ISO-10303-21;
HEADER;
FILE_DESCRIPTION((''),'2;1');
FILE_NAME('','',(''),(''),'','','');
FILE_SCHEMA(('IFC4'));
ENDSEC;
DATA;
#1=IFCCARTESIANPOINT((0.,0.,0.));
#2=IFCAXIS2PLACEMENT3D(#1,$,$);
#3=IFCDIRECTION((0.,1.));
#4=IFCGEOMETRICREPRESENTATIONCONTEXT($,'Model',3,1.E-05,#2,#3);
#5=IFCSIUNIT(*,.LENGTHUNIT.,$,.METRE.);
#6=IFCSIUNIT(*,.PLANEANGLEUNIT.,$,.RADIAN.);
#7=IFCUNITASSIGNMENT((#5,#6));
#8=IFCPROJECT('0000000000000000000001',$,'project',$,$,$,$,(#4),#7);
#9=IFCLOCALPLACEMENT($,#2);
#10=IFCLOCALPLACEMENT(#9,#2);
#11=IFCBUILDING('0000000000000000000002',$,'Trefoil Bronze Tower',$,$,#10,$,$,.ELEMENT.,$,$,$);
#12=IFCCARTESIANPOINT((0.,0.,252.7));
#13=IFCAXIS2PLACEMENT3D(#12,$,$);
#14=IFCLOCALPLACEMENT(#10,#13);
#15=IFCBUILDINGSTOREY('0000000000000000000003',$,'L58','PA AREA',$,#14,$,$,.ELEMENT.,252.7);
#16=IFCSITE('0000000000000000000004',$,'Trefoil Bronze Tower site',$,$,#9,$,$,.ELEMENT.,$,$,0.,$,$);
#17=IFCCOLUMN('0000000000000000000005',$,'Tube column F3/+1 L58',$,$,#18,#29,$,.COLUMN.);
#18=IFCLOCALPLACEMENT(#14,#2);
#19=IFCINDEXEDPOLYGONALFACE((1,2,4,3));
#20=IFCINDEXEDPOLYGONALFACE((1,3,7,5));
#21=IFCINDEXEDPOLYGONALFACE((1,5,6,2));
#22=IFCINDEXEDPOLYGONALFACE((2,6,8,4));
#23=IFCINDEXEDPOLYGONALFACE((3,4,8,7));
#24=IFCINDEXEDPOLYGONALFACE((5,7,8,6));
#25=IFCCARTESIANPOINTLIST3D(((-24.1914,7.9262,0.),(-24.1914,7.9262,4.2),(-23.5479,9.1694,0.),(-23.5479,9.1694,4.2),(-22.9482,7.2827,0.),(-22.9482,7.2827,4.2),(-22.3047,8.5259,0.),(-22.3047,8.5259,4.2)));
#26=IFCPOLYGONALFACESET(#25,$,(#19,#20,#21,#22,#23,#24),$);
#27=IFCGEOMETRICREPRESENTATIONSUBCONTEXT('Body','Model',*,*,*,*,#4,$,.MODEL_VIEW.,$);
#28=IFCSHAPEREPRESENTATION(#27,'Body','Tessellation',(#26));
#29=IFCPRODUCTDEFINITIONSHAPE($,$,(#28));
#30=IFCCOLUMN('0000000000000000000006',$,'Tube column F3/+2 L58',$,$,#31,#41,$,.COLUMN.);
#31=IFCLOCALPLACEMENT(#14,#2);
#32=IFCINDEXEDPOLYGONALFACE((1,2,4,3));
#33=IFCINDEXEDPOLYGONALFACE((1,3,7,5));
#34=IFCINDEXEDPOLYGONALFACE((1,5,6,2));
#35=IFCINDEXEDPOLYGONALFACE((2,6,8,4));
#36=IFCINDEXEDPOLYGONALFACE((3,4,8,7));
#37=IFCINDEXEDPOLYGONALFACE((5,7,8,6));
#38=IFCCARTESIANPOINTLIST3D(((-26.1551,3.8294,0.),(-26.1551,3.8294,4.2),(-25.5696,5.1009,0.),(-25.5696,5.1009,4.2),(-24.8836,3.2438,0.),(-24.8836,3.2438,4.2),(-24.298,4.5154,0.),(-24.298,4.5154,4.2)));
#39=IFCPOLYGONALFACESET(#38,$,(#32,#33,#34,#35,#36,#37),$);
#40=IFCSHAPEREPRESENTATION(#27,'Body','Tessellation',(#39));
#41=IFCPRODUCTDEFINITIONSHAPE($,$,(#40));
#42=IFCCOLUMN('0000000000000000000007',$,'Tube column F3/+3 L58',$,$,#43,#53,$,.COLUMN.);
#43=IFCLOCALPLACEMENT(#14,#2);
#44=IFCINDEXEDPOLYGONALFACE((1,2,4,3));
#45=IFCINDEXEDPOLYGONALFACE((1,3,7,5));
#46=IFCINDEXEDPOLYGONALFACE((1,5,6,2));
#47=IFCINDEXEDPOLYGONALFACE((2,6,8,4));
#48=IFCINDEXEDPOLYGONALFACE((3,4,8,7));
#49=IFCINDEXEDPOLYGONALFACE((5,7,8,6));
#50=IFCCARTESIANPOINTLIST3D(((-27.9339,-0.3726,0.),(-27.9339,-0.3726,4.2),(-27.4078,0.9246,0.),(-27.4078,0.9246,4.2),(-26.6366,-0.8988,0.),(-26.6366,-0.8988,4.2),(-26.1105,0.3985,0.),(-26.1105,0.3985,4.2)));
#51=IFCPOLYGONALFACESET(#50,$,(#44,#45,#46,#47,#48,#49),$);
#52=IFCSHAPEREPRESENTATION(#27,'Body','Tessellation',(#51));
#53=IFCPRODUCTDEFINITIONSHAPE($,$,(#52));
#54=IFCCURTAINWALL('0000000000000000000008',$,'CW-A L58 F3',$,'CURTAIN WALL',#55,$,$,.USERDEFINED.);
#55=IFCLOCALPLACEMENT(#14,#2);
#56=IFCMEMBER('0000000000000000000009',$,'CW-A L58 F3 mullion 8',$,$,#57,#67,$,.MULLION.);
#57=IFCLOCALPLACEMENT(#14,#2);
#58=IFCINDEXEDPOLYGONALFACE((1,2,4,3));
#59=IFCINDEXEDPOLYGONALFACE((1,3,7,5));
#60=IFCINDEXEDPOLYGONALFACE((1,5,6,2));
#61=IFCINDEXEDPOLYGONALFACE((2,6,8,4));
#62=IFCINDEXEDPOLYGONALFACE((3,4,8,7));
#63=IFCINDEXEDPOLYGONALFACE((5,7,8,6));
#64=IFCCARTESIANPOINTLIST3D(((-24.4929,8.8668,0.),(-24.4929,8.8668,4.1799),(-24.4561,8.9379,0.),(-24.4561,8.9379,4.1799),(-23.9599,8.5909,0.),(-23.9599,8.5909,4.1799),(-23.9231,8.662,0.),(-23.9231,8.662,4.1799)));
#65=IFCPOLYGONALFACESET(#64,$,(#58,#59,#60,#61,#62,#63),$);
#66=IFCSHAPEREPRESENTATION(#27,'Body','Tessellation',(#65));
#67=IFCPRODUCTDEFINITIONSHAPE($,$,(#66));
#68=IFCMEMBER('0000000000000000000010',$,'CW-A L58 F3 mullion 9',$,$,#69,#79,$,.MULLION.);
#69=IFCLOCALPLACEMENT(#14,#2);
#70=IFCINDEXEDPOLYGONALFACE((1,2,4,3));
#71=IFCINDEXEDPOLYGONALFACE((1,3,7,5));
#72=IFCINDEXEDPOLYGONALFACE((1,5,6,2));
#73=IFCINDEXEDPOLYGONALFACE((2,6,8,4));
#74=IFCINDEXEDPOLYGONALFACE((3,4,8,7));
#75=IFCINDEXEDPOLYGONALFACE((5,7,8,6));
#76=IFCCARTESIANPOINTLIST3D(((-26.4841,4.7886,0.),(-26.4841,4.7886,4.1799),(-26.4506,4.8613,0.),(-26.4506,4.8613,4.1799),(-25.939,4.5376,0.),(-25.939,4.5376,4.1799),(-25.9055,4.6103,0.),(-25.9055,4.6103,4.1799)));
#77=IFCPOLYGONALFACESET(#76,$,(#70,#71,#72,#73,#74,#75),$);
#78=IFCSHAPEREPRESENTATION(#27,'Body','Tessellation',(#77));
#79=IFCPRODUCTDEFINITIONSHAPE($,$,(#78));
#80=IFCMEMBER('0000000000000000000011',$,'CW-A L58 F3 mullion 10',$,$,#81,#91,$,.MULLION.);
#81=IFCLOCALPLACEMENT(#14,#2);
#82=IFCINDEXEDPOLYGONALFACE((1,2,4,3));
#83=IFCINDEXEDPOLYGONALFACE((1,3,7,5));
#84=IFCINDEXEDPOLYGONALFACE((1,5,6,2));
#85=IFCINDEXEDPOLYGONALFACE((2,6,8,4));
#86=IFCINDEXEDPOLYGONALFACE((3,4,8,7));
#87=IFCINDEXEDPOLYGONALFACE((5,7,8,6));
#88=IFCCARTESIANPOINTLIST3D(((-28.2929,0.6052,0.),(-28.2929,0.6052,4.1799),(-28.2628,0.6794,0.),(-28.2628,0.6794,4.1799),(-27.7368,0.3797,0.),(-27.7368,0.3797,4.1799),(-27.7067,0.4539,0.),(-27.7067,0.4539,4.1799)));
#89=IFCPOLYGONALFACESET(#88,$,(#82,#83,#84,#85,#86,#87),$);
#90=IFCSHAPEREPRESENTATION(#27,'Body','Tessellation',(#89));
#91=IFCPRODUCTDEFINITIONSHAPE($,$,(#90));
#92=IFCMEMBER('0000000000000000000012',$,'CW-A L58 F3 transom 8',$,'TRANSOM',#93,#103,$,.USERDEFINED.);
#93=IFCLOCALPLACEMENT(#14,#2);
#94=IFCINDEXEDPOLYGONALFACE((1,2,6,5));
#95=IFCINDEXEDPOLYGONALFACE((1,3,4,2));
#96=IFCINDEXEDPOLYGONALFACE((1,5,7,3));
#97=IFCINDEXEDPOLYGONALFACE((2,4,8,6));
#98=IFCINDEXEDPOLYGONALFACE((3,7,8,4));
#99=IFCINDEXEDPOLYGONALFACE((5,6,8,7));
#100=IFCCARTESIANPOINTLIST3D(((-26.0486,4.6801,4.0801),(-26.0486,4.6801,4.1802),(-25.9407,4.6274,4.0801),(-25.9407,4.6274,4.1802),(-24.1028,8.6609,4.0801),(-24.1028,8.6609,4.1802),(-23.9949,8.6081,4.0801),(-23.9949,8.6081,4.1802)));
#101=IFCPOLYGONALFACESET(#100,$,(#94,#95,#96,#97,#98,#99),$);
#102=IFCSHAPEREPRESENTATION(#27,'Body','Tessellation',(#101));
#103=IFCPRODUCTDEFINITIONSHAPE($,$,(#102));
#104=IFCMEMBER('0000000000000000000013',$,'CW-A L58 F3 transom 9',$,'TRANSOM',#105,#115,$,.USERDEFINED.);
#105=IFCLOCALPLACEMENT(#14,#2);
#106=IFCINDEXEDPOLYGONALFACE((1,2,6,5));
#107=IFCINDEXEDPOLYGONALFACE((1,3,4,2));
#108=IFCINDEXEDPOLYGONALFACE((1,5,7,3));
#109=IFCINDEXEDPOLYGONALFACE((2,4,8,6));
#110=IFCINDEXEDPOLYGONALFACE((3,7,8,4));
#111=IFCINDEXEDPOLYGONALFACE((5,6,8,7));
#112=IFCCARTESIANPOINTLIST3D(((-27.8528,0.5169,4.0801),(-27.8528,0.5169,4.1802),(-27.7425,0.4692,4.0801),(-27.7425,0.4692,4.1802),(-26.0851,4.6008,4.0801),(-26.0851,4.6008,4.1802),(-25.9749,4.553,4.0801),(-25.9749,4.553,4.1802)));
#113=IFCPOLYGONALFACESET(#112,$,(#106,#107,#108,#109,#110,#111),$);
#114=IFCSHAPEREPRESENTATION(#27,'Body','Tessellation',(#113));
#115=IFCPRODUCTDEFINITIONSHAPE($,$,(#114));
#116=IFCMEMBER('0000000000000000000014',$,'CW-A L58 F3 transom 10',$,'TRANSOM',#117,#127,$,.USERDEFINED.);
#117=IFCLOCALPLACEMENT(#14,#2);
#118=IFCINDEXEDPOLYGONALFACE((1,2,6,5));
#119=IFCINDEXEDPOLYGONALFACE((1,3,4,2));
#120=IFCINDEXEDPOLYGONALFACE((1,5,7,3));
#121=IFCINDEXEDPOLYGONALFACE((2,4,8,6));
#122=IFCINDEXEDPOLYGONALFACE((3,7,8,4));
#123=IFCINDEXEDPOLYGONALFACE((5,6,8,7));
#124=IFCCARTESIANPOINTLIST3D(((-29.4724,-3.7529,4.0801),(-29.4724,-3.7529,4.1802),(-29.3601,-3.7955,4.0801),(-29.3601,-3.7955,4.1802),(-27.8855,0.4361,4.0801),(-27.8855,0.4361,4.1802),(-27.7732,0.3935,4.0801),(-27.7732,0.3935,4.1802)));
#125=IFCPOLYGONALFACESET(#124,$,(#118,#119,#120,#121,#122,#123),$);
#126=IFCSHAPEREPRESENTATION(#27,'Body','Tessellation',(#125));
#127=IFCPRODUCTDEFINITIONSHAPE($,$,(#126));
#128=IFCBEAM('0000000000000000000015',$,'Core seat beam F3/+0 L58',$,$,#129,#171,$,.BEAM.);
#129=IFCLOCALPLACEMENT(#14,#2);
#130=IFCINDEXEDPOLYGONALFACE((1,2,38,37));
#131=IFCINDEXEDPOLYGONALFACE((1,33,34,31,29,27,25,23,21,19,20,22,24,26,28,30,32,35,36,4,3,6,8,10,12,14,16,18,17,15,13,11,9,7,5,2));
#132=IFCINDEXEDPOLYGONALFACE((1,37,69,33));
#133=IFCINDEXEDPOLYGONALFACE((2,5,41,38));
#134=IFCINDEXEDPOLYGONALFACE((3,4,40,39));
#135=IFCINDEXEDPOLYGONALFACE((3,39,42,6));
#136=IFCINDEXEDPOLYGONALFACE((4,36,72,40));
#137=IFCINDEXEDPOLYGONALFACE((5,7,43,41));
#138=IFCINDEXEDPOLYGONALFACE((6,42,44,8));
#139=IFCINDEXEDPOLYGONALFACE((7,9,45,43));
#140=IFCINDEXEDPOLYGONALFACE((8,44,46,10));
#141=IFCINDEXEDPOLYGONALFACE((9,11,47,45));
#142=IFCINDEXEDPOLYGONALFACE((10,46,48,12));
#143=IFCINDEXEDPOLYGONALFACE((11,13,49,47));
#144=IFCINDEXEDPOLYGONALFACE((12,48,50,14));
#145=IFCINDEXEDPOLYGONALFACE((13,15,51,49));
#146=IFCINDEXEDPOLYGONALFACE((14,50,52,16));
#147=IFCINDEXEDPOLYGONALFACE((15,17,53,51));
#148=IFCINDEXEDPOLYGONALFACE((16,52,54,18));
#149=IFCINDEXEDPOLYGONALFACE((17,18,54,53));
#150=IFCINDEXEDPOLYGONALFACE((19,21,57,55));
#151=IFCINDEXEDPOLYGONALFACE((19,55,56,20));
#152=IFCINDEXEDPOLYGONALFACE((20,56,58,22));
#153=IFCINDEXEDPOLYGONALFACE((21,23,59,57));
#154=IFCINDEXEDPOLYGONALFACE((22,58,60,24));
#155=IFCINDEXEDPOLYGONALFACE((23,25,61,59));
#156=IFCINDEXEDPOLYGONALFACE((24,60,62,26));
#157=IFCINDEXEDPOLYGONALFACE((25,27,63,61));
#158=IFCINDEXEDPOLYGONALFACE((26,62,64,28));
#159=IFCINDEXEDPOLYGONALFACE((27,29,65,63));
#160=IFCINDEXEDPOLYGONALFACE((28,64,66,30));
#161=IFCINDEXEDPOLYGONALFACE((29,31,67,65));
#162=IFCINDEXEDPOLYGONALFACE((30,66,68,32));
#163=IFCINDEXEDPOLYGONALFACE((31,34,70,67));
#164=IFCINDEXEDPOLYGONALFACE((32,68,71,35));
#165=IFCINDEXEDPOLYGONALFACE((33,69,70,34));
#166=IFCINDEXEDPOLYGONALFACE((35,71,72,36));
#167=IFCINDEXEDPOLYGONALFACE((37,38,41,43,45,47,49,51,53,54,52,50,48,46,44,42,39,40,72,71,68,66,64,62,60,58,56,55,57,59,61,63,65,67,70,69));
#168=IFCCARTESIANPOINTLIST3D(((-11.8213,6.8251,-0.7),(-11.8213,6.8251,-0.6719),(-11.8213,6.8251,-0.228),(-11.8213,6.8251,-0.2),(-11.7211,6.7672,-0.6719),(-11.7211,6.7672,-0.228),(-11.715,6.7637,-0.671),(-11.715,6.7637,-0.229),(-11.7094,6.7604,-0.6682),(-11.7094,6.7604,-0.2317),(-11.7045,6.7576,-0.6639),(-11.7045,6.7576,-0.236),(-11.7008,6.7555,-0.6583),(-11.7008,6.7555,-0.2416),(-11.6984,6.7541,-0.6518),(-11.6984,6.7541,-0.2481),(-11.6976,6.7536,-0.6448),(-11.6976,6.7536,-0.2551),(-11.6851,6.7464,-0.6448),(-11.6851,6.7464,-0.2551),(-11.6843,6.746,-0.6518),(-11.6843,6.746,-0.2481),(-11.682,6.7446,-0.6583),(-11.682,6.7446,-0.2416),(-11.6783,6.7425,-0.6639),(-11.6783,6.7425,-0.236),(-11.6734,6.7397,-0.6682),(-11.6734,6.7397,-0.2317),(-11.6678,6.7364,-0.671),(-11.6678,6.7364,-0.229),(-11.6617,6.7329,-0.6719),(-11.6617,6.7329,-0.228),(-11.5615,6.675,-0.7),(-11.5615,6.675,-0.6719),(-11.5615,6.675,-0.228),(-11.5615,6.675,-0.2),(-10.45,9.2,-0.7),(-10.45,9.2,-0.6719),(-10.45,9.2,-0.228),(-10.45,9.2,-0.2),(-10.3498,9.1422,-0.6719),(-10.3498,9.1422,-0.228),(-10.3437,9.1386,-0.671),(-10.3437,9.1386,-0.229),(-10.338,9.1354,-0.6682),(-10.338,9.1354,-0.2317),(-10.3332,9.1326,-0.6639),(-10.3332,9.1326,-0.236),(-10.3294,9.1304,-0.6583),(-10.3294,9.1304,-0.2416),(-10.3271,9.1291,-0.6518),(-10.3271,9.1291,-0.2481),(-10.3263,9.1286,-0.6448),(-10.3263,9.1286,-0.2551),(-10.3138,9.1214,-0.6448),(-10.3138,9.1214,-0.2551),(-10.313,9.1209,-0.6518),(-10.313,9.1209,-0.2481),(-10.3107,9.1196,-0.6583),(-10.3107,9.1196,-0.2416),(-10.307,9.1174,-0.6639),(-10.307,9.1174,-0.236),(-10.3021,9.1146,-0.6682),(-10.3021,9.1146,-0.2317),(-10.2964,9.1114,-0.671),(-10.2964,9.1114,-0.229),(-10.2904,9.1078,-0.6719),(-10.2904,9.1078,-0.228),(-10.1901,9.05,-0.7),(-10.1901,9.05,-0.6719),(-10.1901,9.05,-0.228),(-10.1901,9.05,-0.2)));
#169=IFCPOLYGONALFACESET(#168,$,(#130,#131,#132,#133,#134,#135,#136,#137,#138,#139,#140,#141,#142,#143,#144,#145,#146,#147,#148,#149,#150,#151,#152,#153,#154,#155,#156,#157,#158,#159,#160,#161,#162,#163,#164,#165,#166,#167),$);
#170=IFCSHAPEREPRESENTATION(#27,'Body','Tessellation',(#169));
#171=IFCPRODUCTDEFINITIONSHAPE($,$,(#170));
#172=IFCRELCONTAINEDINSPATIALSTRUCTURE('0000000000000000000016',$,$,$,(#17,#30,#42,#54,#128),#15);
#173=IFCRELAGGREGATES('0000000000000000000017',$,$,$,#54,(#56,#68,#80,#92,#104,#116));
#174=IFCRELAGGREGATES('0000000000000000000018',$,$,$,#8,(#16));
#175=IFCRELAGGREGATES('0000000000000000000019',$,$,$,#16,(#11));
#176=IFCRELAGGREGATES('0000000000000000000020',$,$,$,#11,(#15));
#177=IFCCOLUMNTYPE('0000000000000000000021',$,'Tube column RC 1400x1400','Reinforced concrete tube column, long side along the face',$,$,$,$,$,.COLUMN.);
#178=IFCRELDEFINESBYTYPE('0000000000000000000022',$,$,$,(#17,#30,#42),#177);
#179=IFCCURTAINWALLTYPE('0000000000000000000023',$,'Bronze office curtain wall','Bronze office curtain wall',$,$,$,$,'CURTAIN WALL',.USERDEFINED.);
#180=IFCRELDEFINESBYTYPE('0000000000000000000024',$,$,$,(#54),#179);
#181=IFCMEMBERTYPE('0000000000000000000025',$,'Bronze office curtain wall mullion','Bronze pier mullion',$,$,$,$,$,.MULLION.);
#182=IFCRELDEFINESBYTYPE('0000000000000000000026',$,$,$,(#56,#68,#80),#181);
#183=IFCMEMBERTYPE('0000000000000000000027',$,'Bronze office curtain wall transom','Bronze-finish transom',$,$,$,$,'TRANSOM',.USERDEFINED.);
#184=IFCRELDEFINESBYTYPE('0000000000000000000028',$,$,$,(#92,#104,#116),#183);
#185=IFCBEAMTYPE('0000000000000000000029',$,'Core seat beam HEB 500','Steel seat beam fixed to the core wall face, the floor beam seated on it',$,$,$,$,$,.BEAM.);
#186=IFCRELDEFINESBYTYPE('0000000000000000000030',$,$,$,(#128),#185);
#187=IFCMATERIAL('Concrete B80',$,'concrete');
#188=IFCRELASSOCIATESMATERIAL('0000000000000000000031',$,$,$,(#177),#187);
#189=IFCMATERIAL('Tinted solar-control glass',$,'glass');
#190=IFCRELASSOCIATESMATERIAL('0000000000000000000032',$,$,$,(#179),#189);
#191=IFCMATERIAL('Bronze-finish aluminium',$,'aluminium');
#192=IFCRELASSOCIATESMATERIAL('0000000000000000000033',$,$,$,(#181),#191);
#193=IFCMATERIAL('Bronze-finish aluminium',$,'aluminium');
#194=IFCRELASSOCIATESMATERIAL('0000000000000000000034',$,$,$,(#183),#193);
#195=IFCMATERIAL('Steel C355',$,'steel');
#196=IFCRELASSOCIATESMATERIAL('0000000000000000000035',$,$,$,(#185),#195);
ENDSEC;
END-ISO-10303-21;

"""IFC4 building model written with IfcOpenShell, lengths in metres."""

from ifc_helpers import new_model, si_unit, direction, frame, origin, origin_2d, place, context, subcontext, project, spatial, rectangle, i_section, extrude, material, material_profile, profile_set, type_object, element, aggregate, save


model = new_model("IFC4")

# Units and contexts
model_context = context("Model", 3, precision=1e-05, world=origin(), true_north=direction((0.0, 1.0)))
body_context = subcontext(model_context, "Body", "Model", "MODEL_VIEW")
ifc_project = project(units=[si_unit("LENGTHUNIT", "METRE"), si_unit("PLANEANGLEUNIT", "RADIAN")], contexts=[model_context])

# Site, building, storey
site_placement = place(None, origin())
site = spatial("IfcSite", under=ifc_project, at=site_placement, Name="Trefoil Bronze Tower site", CompositionType="ELEMENT", RefElevation=0.0)
building_placement = place(site_placement, origin())
building = spatial("IfcBuilding", under=site, at=building_placement, Name="Trefoil Bronze Tower", CompositionType="ELEMENT")
storey_placement = place(building_placement, frame((0.0, 0.0, 252.7)))
storey = spatial("IfcBuildingStorey", under=building, at=storey_placement, Name="L58", Description="PA AREA", CompositionType="ELEMENT", Elevation=252.7)

# Columns
ifc_material_1 = material(Name="Concrete B80", Category="concrete")
ifc_material_profile_1 = material_profile(ifc_material_1, rectangle(XDim=1.3999, YDim=1.3999, at=origin_2d()), Name="RC 1400x1400")
ifc_profile_set_1 = profile_set([ifc_material_profile_1], Name="Concrete B80")
column_type = type_object("IfcColumnType", Name="Tube column RC 1400x1400", Description="Reinforced concrete tube column, long side along the face", PredefinedType="COLUMN", material=ifc_profile_set_1)
for number, where, z_axis, x_axis, name in (
    (1, (-23.248, 8.2261, 0.0), (0.0, 0.0, 1.0), (-0.459673, -0.888088, 0.0), "Tube column F3/+1 L58"),
    (2, (-25.2266, 4.1724, 0.0), (0.0, 0.0, 1.0), (-0.418286, -0.908315, 0.0), "Tube column F3/+2 L58"),
    (3, (-27.0222, 0.0129, 0.0), (0.0, 0.0, 1.0), (-0.375828, -0.926689, 0.0), "Tube column F3/+3 L58"),
):
    element("IfcColumn", number, at=place(storey_placement, frame(where, z_axis=z_axis, x_axis=x_axis)), inside=storey, type_object=column_type, Name=name, PredefinedType="COLUMN", context=body_context, shape_type="SweptSolid", body=[
        extrude(rectangle(XDim=1.3999, YDim=1.3999, at=origin_2d()), origin(), (0.0, 0.0, 1.0), 4.2),
    ])

# Curtain wall, members
ifc_material_2 = material(Name="Tinted solar-control glass", Category="glass")
curtain_wall_type = type_object("IfcCurtainWallType", Name="Bronze office curtain wall", Description="Bronze office curtain wall", ElementType="CURTAIN WALL", PredefinedType="USERDEFINED", material=ifc_material_2)
curtain_wall_placement = place(storey_placement, origin())
curtain_wall = element("IfcCurtainWall", 4, at=curtain_wall_placement, inside=storey, type_object=curtain_wall_type, Name="CW-A L58 F3", ObjectType="CURTAIN WALL", PredefinedType="USERDEFINED")
ifc_material_3 = material(Name="Bronze-finish aluminium", Category="aluminium")
ifc_material_profile_2 = material_profile(ifc_material_3, rectangle(XDim=0.6001, YDim=0.0801, at=origin_2d()), Name="CW-A mullion")
ifc_profile_set_2 = profile_set([ifc_material_profile_2], Name="Bronze-finish aluminium")
member_type_1 = type_object("IfcMemberType", Name="Bronze office curtain wall mullion", Description="Bronze pier mullion", PredefinedType="MULLION", material=ifc_profile_set_2)
member_1_placement = place(storey_placement, frame((-24.208, 8.7644, 0.0), z_axis=(0.0, 0.0, 1.0), x_axis=(0.888088, -0.459673, 0.0)))
member_1 = element("IfcMember", 5, at=member_1_placement, type_object=member_type_1, Name="CW-A L58 F3 mullion 8", PredefinedType="MULLION", context=body_context, shape_type="SweptSolid", body=[
    extrude(rectangle(XDim=0.6001, YDim=0.0801, at=origin_2d()), origin(), (0.0, 0.0, 1.0), 4.1799),
])
member_2_placement = place(storey_placement, frame((-26.1948, 4.6995, 0.0), z_axis=(0.0, 0.0, 1.0), x_axis=(0.908315, -0.418286, 0.0)))
member_2 = element("IfcMember", 6, at=member_2_placement, type_object=member_type_1, Name="CW-A L58 F3 mullion 9", PredefinedType="MULLION", context=body_context, shape_type="SweptSolid", body=[
    extrude(rectangle(XDim=0.6001, YDim=0.0801, at=origin_2d()), origin(), (0.0, 0.0, 1.0), 4.1799),
])
member_3_placement = place(storey_placement, frame((-27.9998, 0.5295, 0.0), z_axis=(0.0, 0.0, 1.0), x_axis=(0.926689, -0.375828, 0.0)))
member_3 = element("IfcMember", 7, at=member_3_placement, type_object=member_type_1, Name="CW-A L58 F3 mullion 10", PredefinedType="MULLION", context=body_context, shape_type="SweptSolid", body=[
    extrude(rectangle(XDim=0.6001, YDim=0.0801, at=origin_2d()), origin(), (0.0, 0.0, 1.0), 4.1799),
])
ifc_material_4 = material(Name="Bronze-finish aluminium", Category="aluminium")
ifc_material_profile_3 = material_profile(ifc_material_4, rectangle(XDim=0.1201, YDim=0.1001, at=origin_2d()), Name="CW-A transom")
ifc_profile_set_3 = profile_set([ifc_material_profile_3], Name="Bronze-finish aluminium")
member_type_2 = type_object("IfcMemberType", Name="Bronze office curtain wall transom", Description="Bronze-finish transom", ElementType="TRANSOM", PredefinedType="USERDEFINED", material=ifc_profile_set_3)
member_4_placement = place(storey_placement, frame((-24.0488, 8.6345, 4.1301), z_axis=(-0.439151, -0.898413, 0.0), x_axis=(0.898413, -0.439151, 0.0)))
member_4 = element("IfcMember", 8, at=member_4_placement, type_object=member_type_2, Name="CW-A L58 F3 transom 8", ObjectType="TRANSOM", PredefinedType="USERDEFINED", context=body_context, shape_type="SweptSolid", body=[
    extrude(rectangle(XDim=0.1201, YDim=0.1001, at=origin_2d()), origin(), (0.0, 0.0, 1.0), 4.4309),
])
member_5_placement = place(storey_placement, frame((-26.03, 4.5769, 4.1301), z_axis=(-0.397221, -0.917723, 0.0), x_axis=(0.917723, -0.397221, 0.0)))
member_5 = element("IfcMember", 9, at=member_5_placement, type_object=member_type_2, Name="CW-A L58 F3 transom 9", ObjectType="TRANSOM", PredefinedType="USERDEFINED", context=body_context, shape_type="SweptSolid", body=[
    extrude(rectangle(XDim=0.1201, YDim=0.1001, at=origin_2d()), origin(), (0.0, 0.0, 1.0), 4.45),
])
member_6_placement = place(storey_placement, frame((-27.8293, 0.4148, 4.1301), z_axis=(-0.354263, -0.935146, 0.0), x_axis=(0.935146, -0.354263, 0.0)))
member_6 = element("IfcMember", 10, at=member_6_placement, type_object=member_type_2, Name="CW-A L58 F3 transom 10", ObjectType="TRANSOM", PredefinedType="USERDEFINED", context=body_context, shape_type="SweptSolid", body=[
    extrude(rectangle(XDim=0.1201, YDim=0.1001, at=origin_2d()), origin(), (0.0, 0.0, 1.0), 4.4795),
])

# Beam
ifc_material_5 = material(Name="Steel C355", Category="steel")
ifc_material_profile_4 = material_profile(ifc_material_5, i_section(OverallWidth=0.3, OverallDepth=0.5, WebThickness=0.0144, FlangeThickness=0.0281, FilletRadius=0.0271, at=origin_2d()), Name="HEB 500")
ifc_profile_set_4 = profile_set([ifc_material_profile_4], Name="Steel C355")
beam_type_1 = type_object("IfcBeamType", Name="Core seat beam HEB 500", Description="Steel seat beam fixed to the core wall face, the floor beam seated on it", PredefinedType="BEAM", material=ifc_profile_set_4)
for number, where, z_axis, x_axis, name in (
    (11, (-10.3201, 9.125, -0.45), (-0.500036, -0.866005, 0.0), (0.866005, -0.500036, 0.0), "Core seat beam F3/+0 L58"),
):
    element("IfcBeam", number, at=place(storey_placement, frame(where, z_axis=z_axis, x_axis=x_axis)), inside=storey, type_object=beam_type_1, Name=name, PredefinedType="BEAM", context=body_context, shape_type="SweptSolid", body=[
        extrude(i_section(OverallWidth=0.3, OverallDepth=0.5, WebThickness=0.0144, FlangeThickness=0.0281, FilletRadius=0.0271, at=origin_2d()), origin(), (0.0, 0.0, 1.0), 2.7424),
    ])

aggregate(curtain_wall, [member_1, member_2, member_3, member_4, member_5, member_6])

save(model, "model.ifc")
